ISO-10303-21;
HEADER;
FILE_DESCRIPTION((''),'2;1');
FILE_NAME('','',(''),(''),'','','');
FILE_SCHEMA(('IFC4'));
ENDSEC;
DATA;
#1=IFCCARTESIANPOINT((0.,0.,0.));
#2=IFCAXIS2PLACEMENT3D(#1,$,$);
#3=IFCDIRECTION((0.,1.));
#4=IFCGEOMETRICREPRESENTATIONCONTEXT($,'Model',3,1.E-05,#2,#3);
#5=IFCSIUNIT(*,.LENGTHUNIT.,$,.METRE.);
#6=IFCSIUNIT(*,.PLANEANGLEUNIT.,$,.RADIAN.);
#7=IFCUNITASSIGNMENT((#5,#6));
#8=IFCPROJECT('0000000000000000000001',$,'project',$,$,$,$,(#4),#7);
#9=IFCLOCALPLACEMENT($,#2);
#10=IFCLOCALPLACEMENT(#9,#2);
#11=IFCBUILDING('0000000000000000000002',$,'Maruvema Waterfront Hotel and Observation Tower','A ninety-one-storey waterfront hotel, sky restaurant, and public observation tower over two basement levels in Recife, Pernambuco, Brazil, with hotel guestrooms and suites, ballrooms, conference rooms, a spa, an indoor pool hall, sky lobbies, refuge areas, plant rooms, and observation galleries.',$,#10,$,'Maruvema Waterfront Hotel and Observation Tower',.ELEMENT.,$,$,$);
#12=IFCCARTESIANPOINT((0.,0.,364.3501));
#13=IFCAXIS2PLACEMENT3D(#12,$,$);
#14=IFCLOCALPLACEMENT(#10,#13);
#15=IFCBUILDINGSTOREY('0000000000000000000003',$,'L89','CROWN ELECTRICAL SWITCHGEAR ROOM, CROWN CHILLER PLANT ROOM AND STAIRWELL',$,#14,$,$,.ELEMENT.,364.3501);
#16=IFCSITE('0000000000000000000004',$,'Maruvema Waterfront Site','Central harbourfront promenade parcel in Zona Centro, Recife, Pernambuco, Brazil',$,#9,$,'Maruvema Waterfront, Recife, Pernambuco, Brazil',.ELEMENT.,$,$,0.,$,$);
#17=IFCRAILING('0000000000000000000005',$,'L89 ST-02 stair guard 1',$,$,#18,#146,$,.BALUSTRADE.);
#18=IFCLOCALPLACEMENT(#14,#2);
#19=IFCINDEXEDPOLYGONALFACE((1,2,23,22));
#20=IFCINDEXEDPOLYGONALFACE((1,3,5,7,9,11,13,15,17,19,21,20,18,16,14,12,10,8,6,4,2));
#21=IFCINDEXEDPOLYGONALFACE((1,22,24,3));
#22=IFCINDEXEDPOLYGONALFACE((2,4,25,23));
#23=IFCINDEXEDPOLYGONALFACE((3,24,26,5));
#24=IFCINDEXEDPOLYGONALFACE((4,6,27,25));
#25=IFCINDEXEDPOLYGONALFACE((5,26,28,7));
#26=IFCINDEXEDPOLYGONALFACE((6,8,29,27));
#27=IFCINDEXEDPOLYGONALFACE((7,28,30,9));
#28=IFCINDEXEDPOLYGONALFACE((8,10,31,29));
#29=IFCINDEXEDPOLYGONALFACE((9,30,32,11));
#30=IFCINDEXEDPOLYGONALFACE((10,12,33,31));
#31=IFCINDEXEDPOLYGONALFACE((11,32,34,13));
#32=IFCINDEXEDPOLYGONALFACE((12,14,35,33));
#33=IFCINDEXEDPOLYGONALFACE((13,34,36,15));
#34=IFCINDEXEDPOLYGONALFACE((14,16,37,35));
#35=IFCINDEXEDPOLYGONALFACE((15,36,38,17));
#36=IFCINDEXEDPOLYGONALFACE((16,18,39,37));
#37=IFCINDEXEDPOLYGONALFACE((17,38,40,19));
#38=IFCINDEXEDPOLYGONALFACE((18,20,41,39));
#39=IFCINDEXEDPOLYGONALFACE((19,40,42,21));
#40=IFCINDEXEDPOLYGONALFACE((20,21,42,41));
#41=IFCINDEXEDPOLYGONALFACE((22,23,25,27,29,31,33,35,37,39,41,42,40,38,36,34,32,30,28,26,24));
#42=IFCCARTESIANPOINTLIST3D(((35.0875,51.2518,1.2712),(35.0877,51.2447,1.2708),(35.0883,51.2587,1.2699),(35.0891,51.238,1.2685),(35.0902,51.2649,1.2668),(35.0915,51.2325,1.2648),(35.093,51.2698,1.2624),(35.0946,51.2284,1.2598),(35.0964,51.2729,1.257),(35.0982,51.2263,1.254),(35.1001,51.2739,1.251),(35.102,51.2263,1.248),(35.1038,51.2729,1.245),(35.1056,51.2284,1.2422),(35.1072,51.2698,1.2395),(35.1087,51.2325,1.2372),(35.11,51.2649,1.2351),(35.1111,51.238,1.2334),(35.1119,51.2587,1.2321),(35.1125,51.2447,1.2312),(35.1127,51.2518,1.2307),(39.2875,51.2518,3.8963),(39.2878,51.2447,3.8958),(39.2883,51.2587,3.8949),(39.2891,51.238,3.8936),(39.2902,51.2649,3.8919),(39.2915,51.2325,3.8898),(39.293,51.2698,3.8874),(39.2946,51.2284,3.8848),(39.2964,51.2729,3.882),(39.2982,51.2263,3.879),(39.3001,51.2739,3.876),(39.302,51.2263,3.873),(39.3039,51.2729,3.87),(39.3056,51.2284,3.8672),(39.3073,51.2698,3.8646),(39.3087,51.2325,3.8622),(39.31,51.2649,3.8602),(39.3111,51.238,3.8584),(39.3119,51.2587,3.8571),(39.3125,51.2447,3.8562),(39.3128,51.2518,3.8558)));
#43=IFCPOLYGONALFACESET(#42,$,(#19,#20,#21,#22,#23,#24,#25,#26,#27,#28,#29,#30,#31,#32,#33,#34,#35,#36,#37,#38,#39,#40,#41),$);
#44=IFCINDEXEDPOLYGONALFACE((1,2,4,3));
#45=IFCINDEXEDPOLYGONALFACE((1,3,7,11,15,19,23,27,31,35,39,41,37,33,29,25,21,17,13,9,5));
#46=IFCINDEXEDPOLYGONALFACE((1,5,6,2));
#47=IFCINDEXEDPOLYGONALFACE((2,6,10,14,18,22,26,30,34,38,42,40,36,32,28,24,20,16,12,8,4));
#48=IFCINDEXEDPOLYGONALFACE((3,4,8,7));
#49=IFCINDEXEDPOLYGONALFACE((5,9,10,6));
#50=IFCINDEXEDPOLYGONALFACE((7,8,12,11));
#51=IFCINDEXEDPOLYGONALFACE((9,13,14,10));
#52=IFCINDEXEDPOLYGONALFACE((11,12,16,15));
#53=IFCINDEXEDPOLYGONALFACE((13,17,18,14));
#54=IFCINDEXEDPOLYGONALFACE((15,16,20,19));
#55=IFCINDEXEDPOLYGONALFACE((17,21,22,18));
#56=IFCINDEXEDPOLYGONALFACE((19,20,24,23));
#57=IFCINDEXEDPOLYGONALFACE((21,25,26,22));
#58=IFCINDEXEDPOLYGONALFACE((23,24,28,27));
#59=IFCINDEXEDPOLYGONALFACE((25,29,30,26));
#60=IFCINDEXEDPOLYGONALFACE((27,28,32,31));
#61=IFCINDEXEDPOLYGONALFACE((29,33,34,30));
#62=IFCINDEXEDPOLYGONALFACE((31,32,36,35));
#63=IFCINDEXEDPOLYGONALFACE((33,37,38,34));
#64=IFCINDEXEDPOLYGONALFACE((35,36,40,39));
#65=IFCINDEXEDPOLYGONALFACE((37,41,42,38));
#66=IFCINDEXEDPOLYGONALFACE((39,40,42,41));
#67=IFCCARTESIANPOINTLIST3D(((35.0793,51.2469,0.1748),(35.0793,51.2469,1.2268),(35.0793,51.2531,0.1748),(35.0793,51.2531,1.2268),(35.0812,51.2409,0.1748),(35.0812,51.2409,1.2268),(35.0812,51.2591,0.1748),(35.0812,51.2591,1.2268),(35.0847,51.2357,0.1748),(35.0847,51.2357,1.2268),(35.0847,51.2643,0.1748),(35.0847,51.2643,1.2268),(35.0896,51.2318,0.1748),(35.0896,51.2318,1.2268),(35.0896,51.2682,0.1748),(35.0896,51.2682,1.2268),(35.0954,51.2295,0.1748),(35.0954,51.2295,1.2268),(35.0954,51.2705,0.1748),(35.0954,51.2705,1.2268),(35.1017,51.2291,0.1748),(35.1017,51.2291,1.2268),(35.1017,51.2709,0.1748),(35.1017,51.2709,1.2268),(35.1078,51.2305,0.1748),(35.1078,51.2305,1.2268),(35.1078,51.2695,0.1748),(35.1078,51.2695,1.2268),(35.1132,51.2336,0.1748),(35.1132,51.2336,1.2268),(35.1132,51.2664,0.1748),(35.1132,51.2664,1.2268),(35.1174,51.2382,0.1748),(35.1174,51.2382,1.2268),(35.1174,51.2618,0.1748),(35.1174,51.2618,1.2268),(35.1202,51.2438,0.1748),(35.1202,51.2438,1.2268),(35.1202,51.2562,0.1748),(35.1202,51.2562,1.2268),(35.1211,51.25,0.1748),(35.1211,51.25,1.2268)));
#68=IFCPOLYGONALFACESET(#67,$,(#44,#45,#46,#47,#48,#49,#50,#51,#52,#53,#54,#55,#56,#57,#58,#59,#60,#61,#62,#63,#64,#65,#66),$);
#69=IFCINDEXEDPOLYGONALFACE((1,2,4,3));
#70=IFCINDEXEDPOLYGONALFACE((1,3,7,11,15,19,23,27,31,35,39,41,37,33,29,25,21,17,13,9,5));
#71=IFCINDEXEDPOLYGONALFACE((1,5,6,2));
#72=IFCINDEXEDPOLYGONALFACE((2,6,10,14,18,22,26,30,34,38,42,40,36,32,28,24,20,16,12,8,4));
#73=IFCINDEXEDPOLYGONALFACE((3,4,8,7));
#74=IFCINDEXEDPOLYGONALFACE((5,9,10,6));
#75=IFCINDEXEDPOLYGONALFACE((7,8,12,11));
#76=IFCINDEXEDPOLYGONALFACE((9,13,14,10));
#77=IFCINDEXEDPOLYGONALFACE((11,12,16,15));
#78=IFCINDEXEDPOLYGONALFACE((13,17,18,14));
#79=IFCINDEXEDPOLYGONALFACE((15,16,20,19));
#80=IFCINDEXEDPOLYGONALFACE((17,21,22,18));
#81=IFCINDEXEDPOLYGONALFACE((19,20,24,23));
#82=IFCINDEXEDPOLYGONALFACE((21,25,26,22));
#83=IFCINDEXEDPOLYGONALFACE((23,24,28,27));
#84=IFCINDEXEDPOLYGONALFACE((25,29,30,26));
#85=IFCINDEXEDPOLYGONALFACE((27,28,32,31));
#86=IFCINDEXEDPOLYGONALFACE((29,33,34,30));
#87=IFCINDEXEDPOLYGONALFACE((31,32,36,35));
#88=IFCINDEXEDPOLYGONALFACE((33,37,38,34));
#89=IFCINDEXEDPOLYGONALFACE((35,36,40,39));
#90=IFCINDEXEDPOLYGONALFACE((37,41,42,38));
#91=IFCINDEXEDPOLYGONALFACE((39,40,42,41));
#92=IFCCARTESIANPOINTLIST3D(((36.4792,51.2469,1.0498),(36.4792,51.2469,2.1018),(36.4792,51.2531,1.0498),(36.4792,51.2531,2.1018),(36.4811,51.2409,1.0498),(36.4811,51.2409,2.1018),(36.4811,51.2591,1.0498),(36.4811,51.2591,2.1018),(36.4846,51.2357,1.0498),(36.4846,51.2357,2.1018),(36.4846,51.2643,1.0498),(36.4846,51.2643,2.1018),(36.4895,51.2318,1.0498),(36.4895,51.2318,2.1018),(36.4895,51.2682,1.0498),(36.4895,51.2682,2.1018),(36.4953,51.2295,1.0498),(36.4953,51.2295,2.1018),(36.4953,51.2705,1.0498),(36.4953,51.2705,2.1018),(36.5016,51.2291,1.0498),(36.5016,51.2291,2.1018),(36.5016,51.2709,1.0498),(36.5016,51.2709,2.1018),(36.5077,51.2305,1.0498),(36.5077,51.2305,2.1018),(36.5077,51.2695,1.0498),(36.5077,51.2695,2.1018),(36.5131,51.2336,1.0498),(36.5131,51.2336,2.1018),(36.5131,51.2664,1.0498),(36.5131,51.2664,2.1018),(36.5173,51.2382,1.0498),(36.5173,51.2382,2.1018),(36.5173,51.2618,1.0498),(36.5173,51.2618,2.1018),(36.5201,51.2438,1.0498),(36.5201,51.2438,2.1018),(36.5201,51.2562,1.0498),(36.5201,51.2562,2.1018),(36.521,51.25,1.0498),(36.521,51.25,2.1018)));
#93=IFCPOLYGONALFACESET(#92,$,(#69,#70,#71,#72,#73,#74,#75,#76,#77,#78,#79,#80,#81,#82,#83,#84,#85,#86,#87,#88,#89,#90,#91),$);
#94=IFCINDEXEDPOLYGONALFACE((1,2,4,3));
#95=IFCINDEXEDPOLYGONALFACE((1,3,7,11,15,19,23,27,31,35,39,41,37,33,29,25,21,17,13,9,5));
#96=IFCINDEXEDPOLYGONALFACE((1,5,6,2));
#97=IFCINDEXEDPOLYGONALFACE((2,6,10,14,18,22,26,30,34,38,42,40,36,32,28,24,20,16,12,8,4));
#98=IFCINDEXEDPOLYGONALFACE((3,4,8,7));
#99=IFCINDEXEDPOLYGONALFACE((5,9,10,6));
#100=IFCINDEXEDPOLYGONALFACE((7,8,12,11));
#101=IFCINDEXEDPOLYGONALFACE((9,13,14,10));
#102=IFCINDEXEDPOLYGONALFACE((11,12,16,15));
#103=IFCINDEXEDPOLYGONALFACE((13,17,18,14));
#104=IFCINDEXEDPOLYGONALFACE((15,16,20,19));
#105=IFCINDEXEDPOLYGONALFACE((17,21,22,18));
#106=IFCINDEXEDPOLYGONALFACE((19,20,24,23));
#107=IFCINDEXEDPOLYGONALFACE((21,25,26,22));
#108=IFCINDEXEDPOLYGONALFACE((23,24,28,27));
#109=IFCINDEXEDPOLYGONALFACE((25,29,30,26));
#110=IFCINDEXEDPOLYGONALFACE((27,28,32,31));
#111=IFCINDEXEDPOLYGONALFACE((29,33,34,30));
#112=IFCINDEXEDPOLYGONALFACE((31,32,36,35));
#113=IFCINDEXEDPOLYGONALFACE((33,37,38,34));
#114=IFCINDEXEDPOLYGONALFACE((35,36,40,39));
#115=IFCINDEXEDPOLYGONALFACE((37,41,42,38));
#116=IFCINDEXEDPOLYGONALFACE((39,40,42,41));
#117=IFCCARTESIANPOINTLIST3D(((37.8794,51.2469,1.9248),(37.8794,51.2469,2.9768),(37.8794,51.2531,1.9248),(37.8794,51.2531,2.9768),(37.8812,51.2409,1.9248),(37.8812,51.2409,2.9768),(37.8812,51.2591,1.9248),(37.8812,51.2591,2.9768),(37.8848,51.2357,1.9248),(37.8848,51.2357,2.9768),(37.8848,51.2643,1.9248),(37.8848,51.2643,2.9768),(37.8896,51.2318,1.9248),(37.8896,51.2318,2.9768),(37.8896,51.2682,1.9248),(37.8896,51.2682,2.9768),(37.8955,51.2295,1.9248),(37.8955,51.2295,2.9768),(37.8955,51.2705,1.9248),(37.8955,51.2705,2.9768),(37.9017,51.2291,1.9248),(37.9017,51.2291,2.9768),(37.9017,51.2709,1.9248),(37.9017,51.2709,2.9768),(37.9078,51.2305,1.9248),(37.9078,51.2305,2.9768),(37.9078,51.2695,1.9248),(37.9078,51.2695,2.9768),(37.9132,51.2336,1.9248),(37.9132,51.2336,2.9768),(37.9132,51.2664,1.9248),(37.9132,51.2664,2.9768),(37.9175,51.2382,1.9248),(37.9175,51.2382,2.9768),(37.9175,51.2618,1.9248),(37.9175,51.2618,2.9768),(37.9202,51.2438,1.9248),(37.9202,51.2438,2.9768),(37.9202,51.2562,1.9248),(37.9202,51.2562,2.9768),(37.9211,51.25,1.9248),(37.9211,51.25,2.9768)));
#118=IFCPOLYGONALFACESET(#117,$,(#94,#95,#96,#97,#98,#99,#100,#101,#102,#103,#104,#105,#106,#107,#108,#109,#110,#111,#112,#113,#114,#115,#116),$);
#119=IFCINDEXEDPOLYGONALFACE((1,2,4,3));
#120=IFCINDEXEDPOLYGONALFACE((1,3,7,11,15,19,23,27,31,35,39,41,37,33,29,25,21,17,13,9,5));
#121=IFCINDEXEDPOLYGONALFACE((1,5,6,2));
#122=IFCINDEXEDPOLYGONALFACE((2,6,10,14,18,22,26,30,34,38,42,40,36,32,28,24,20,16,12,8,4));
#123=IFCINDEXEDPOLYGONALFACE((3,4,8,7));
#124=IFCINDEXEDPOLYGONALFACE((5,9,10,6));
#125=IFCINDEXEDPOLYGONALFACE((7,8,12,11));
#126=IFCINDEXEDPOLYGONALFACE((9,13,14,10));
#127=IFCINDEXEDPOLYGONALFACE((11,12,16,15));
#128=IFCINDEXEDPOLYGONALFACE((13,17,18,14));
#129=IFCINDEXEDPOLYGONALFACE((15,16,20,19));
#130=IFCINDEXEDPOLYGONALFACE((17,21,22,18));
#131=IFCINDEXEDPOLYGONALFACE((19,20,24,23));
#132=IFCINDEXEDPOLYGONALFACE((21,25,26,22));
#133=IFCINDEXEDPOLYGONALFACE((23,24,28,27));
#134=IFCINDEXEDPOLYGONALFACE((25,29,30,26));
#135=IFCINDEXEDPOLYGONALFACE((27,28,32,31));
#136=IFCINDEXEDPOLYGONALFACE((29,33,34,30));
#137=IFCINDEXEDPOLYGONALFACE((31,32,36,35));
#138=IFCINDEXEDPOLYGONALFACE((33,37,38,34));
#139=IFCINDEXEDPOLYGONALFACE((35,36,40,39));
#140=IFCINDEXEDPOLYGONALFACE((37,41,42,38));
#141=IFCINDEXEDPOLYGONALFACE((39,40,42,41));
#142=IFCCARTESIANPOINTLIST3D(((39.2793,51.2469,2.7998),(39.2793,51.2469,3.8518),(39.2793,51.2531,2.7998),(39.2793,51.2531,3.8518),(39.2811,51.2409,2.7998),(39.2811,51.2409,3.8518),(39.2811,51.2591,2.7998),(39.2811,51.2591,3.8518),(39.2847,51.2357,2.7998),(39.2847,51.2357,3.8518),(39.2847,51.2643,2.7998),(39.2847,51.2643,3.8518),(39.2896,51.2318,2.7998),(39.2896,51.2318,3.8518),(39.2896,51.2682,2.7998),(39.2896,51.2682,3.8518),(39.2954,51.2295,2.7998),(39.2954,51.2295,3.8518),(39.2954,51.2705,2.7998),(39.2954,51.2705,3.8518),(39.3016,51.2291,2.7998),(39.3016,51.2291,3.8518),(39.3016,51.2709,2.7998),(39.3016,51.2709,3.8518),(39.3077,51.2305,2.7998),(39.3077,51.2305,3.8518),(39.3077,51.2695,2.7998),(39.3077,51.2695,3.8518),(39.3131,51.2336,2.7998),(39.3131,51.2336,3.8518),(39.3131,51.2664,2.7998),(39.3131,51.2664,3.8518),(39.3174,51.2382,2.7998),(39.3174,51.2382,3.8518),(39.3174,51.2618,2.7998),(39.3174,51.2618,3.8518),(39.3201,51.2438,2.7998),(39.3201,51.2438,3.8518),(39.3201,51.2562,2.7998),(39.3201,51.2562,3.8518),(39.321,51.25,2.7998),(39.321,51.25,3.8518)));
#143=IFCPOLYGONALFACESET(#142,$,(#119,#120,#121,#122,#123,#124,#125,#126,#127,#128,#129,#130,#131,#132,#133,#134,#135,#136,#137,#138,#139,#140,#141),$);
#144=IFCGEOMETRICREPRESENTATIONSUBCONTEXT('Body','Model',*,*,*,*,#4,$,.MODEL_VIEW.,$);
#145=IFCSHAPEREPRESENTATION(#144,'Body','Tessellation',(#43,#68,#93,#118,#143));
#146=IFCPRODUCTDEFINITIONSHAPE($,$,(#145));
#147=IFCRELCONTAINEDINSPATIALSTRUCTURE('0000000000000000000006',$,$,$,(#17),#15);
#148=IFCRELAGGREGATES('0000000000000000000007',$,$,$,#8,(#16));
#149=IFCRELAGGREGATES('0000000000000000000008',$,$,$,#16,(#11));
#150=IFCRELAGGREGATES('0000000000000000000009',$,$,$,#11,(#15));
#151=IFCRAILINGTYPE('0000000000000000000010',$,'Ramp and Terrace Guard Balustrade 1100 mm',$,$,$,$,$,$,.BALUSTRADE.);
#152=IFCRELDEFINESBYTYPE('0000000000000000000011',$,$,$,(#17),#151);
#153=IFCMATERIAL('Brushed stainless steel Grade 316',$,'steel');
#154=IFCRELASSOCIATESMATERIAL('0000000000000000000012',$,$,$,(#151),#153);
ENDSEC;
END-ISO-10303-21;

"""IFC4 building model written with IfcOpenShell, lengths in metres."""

from ifc_helpers import new_model, si_unit, direction, frame, origin, origin_2d, place, context, subcontext, project, spatial, circle, extrude, material, type_object, element, save


model = new_model("IFC4")

# Units and contexts
model_context = context("Model", 3, precision=1e-05, world=origin(), true_north=direction((0.0, 1.0)))
body_context = subcontext(model_context, "Body", "Model", "MODEL_VIEW")
ifc_project = project(units=[si_unit("LENGTHUNIT", "METRE"), si_unit("PLANEANGLEUNIT", "RADIAN")], contexts=[model_context])

# Site, building, storey
site_placement = place(None, origin())
site = spatial("IfcSite", under=ifc_project, at=site_placement, Name="Maruvema Waterfront Site", Description="Central harbourfront promenade parcel in Zona Centro, Recife, Pernambuco, Brazil", LongName="Maruvema Waterfront, Recife, Pernambuco, Brazil", CompositionType="ELEMENT", RefElevation=0.0)
building_placement = place(site_placement, origin())
building = spatial("IfcBuilding", under=site, at=building_placement, Name="Maruvema Waterfront Hotel and Observation Tower", Description="A ninety-one-storey waterfront hotel, sky restaurant, and public observation tower over two basement levels in Recife, Pernambuco, Brazil, with hotel guestrooms and suites, ballrooms, conference rooms, a spa, an indoor pool hall, sky lobbies, refuge areas, plant rooms, and observation galleries.", LongName="Maruvema Waterfront Hotel and Observation Tower", CompositionType="ELEMENT")
storey_placement = place(building_placement, frame((0.0, 0.0, 364.3501)))
storey = spatial("IfcBuildingStorey", under=building, at=storey_placement, Name="L89", Description="CROWN ELECTRICAL SWITCHGEAR ROOM, CROWN CHILLER PLANT ROOM AND STAIRWELL", CompositionType="ELEMENT", Elevation=364.3501)

# Railing
ifc_material_1 = material(Name="Brushed stainless steel Grade 316", Category="steel")
railing_type_1 = type_object("IfcRailingType", Name="Ramp and Terrace Guard Balustrade 1100 mm", PredefinedType="BALUSTRADE", material=ifc_material_1)
railing_1_placement = place(storey_placement, frame((35.1001, 51.25, 0.1748)))
element("IfcRailing", 1, at=railing_1_placement, inside=storey, type_object=railing_type_1, Name="L89 ST-02 stair guard 1", PredefinedType="BALUSTRADE", context=body_context, shape_type="SweptSolid", body=[
    extrude(circle(Radius=0.0239, at=origin_2d()), frame((0.0, 0.0, 1.0762), z_axis=(0.847996, 0.0, 0.530003), x_axis=(0.0, 1.0, 0.0)), (0.0, 0.0, 1.0), 4.9529),
    extrude(circle(Radius=0.021, at=origin_2d()), origin(), (0.0, 0.0, 1.0), 1.052),
    extrude(circle(Radius=0.021, at=origin_2d()), frame((1.3999, 0.0, 0.875)), (0.0, 0.0, 1.0), 1.052),
    extrude(circle(Radius=0.021, at=origin_2d()), frame((2.8, 0.0, 1.75)), (0.0, 0.0, 1.0), 1.052),
    extrude(circle(Radius=0.021, at=origin_2d()), frame((4.2, 0.0, 2.625)), (0.0, 0.0, 1.0), 1.052),
])

save(model, "model.ifc")
